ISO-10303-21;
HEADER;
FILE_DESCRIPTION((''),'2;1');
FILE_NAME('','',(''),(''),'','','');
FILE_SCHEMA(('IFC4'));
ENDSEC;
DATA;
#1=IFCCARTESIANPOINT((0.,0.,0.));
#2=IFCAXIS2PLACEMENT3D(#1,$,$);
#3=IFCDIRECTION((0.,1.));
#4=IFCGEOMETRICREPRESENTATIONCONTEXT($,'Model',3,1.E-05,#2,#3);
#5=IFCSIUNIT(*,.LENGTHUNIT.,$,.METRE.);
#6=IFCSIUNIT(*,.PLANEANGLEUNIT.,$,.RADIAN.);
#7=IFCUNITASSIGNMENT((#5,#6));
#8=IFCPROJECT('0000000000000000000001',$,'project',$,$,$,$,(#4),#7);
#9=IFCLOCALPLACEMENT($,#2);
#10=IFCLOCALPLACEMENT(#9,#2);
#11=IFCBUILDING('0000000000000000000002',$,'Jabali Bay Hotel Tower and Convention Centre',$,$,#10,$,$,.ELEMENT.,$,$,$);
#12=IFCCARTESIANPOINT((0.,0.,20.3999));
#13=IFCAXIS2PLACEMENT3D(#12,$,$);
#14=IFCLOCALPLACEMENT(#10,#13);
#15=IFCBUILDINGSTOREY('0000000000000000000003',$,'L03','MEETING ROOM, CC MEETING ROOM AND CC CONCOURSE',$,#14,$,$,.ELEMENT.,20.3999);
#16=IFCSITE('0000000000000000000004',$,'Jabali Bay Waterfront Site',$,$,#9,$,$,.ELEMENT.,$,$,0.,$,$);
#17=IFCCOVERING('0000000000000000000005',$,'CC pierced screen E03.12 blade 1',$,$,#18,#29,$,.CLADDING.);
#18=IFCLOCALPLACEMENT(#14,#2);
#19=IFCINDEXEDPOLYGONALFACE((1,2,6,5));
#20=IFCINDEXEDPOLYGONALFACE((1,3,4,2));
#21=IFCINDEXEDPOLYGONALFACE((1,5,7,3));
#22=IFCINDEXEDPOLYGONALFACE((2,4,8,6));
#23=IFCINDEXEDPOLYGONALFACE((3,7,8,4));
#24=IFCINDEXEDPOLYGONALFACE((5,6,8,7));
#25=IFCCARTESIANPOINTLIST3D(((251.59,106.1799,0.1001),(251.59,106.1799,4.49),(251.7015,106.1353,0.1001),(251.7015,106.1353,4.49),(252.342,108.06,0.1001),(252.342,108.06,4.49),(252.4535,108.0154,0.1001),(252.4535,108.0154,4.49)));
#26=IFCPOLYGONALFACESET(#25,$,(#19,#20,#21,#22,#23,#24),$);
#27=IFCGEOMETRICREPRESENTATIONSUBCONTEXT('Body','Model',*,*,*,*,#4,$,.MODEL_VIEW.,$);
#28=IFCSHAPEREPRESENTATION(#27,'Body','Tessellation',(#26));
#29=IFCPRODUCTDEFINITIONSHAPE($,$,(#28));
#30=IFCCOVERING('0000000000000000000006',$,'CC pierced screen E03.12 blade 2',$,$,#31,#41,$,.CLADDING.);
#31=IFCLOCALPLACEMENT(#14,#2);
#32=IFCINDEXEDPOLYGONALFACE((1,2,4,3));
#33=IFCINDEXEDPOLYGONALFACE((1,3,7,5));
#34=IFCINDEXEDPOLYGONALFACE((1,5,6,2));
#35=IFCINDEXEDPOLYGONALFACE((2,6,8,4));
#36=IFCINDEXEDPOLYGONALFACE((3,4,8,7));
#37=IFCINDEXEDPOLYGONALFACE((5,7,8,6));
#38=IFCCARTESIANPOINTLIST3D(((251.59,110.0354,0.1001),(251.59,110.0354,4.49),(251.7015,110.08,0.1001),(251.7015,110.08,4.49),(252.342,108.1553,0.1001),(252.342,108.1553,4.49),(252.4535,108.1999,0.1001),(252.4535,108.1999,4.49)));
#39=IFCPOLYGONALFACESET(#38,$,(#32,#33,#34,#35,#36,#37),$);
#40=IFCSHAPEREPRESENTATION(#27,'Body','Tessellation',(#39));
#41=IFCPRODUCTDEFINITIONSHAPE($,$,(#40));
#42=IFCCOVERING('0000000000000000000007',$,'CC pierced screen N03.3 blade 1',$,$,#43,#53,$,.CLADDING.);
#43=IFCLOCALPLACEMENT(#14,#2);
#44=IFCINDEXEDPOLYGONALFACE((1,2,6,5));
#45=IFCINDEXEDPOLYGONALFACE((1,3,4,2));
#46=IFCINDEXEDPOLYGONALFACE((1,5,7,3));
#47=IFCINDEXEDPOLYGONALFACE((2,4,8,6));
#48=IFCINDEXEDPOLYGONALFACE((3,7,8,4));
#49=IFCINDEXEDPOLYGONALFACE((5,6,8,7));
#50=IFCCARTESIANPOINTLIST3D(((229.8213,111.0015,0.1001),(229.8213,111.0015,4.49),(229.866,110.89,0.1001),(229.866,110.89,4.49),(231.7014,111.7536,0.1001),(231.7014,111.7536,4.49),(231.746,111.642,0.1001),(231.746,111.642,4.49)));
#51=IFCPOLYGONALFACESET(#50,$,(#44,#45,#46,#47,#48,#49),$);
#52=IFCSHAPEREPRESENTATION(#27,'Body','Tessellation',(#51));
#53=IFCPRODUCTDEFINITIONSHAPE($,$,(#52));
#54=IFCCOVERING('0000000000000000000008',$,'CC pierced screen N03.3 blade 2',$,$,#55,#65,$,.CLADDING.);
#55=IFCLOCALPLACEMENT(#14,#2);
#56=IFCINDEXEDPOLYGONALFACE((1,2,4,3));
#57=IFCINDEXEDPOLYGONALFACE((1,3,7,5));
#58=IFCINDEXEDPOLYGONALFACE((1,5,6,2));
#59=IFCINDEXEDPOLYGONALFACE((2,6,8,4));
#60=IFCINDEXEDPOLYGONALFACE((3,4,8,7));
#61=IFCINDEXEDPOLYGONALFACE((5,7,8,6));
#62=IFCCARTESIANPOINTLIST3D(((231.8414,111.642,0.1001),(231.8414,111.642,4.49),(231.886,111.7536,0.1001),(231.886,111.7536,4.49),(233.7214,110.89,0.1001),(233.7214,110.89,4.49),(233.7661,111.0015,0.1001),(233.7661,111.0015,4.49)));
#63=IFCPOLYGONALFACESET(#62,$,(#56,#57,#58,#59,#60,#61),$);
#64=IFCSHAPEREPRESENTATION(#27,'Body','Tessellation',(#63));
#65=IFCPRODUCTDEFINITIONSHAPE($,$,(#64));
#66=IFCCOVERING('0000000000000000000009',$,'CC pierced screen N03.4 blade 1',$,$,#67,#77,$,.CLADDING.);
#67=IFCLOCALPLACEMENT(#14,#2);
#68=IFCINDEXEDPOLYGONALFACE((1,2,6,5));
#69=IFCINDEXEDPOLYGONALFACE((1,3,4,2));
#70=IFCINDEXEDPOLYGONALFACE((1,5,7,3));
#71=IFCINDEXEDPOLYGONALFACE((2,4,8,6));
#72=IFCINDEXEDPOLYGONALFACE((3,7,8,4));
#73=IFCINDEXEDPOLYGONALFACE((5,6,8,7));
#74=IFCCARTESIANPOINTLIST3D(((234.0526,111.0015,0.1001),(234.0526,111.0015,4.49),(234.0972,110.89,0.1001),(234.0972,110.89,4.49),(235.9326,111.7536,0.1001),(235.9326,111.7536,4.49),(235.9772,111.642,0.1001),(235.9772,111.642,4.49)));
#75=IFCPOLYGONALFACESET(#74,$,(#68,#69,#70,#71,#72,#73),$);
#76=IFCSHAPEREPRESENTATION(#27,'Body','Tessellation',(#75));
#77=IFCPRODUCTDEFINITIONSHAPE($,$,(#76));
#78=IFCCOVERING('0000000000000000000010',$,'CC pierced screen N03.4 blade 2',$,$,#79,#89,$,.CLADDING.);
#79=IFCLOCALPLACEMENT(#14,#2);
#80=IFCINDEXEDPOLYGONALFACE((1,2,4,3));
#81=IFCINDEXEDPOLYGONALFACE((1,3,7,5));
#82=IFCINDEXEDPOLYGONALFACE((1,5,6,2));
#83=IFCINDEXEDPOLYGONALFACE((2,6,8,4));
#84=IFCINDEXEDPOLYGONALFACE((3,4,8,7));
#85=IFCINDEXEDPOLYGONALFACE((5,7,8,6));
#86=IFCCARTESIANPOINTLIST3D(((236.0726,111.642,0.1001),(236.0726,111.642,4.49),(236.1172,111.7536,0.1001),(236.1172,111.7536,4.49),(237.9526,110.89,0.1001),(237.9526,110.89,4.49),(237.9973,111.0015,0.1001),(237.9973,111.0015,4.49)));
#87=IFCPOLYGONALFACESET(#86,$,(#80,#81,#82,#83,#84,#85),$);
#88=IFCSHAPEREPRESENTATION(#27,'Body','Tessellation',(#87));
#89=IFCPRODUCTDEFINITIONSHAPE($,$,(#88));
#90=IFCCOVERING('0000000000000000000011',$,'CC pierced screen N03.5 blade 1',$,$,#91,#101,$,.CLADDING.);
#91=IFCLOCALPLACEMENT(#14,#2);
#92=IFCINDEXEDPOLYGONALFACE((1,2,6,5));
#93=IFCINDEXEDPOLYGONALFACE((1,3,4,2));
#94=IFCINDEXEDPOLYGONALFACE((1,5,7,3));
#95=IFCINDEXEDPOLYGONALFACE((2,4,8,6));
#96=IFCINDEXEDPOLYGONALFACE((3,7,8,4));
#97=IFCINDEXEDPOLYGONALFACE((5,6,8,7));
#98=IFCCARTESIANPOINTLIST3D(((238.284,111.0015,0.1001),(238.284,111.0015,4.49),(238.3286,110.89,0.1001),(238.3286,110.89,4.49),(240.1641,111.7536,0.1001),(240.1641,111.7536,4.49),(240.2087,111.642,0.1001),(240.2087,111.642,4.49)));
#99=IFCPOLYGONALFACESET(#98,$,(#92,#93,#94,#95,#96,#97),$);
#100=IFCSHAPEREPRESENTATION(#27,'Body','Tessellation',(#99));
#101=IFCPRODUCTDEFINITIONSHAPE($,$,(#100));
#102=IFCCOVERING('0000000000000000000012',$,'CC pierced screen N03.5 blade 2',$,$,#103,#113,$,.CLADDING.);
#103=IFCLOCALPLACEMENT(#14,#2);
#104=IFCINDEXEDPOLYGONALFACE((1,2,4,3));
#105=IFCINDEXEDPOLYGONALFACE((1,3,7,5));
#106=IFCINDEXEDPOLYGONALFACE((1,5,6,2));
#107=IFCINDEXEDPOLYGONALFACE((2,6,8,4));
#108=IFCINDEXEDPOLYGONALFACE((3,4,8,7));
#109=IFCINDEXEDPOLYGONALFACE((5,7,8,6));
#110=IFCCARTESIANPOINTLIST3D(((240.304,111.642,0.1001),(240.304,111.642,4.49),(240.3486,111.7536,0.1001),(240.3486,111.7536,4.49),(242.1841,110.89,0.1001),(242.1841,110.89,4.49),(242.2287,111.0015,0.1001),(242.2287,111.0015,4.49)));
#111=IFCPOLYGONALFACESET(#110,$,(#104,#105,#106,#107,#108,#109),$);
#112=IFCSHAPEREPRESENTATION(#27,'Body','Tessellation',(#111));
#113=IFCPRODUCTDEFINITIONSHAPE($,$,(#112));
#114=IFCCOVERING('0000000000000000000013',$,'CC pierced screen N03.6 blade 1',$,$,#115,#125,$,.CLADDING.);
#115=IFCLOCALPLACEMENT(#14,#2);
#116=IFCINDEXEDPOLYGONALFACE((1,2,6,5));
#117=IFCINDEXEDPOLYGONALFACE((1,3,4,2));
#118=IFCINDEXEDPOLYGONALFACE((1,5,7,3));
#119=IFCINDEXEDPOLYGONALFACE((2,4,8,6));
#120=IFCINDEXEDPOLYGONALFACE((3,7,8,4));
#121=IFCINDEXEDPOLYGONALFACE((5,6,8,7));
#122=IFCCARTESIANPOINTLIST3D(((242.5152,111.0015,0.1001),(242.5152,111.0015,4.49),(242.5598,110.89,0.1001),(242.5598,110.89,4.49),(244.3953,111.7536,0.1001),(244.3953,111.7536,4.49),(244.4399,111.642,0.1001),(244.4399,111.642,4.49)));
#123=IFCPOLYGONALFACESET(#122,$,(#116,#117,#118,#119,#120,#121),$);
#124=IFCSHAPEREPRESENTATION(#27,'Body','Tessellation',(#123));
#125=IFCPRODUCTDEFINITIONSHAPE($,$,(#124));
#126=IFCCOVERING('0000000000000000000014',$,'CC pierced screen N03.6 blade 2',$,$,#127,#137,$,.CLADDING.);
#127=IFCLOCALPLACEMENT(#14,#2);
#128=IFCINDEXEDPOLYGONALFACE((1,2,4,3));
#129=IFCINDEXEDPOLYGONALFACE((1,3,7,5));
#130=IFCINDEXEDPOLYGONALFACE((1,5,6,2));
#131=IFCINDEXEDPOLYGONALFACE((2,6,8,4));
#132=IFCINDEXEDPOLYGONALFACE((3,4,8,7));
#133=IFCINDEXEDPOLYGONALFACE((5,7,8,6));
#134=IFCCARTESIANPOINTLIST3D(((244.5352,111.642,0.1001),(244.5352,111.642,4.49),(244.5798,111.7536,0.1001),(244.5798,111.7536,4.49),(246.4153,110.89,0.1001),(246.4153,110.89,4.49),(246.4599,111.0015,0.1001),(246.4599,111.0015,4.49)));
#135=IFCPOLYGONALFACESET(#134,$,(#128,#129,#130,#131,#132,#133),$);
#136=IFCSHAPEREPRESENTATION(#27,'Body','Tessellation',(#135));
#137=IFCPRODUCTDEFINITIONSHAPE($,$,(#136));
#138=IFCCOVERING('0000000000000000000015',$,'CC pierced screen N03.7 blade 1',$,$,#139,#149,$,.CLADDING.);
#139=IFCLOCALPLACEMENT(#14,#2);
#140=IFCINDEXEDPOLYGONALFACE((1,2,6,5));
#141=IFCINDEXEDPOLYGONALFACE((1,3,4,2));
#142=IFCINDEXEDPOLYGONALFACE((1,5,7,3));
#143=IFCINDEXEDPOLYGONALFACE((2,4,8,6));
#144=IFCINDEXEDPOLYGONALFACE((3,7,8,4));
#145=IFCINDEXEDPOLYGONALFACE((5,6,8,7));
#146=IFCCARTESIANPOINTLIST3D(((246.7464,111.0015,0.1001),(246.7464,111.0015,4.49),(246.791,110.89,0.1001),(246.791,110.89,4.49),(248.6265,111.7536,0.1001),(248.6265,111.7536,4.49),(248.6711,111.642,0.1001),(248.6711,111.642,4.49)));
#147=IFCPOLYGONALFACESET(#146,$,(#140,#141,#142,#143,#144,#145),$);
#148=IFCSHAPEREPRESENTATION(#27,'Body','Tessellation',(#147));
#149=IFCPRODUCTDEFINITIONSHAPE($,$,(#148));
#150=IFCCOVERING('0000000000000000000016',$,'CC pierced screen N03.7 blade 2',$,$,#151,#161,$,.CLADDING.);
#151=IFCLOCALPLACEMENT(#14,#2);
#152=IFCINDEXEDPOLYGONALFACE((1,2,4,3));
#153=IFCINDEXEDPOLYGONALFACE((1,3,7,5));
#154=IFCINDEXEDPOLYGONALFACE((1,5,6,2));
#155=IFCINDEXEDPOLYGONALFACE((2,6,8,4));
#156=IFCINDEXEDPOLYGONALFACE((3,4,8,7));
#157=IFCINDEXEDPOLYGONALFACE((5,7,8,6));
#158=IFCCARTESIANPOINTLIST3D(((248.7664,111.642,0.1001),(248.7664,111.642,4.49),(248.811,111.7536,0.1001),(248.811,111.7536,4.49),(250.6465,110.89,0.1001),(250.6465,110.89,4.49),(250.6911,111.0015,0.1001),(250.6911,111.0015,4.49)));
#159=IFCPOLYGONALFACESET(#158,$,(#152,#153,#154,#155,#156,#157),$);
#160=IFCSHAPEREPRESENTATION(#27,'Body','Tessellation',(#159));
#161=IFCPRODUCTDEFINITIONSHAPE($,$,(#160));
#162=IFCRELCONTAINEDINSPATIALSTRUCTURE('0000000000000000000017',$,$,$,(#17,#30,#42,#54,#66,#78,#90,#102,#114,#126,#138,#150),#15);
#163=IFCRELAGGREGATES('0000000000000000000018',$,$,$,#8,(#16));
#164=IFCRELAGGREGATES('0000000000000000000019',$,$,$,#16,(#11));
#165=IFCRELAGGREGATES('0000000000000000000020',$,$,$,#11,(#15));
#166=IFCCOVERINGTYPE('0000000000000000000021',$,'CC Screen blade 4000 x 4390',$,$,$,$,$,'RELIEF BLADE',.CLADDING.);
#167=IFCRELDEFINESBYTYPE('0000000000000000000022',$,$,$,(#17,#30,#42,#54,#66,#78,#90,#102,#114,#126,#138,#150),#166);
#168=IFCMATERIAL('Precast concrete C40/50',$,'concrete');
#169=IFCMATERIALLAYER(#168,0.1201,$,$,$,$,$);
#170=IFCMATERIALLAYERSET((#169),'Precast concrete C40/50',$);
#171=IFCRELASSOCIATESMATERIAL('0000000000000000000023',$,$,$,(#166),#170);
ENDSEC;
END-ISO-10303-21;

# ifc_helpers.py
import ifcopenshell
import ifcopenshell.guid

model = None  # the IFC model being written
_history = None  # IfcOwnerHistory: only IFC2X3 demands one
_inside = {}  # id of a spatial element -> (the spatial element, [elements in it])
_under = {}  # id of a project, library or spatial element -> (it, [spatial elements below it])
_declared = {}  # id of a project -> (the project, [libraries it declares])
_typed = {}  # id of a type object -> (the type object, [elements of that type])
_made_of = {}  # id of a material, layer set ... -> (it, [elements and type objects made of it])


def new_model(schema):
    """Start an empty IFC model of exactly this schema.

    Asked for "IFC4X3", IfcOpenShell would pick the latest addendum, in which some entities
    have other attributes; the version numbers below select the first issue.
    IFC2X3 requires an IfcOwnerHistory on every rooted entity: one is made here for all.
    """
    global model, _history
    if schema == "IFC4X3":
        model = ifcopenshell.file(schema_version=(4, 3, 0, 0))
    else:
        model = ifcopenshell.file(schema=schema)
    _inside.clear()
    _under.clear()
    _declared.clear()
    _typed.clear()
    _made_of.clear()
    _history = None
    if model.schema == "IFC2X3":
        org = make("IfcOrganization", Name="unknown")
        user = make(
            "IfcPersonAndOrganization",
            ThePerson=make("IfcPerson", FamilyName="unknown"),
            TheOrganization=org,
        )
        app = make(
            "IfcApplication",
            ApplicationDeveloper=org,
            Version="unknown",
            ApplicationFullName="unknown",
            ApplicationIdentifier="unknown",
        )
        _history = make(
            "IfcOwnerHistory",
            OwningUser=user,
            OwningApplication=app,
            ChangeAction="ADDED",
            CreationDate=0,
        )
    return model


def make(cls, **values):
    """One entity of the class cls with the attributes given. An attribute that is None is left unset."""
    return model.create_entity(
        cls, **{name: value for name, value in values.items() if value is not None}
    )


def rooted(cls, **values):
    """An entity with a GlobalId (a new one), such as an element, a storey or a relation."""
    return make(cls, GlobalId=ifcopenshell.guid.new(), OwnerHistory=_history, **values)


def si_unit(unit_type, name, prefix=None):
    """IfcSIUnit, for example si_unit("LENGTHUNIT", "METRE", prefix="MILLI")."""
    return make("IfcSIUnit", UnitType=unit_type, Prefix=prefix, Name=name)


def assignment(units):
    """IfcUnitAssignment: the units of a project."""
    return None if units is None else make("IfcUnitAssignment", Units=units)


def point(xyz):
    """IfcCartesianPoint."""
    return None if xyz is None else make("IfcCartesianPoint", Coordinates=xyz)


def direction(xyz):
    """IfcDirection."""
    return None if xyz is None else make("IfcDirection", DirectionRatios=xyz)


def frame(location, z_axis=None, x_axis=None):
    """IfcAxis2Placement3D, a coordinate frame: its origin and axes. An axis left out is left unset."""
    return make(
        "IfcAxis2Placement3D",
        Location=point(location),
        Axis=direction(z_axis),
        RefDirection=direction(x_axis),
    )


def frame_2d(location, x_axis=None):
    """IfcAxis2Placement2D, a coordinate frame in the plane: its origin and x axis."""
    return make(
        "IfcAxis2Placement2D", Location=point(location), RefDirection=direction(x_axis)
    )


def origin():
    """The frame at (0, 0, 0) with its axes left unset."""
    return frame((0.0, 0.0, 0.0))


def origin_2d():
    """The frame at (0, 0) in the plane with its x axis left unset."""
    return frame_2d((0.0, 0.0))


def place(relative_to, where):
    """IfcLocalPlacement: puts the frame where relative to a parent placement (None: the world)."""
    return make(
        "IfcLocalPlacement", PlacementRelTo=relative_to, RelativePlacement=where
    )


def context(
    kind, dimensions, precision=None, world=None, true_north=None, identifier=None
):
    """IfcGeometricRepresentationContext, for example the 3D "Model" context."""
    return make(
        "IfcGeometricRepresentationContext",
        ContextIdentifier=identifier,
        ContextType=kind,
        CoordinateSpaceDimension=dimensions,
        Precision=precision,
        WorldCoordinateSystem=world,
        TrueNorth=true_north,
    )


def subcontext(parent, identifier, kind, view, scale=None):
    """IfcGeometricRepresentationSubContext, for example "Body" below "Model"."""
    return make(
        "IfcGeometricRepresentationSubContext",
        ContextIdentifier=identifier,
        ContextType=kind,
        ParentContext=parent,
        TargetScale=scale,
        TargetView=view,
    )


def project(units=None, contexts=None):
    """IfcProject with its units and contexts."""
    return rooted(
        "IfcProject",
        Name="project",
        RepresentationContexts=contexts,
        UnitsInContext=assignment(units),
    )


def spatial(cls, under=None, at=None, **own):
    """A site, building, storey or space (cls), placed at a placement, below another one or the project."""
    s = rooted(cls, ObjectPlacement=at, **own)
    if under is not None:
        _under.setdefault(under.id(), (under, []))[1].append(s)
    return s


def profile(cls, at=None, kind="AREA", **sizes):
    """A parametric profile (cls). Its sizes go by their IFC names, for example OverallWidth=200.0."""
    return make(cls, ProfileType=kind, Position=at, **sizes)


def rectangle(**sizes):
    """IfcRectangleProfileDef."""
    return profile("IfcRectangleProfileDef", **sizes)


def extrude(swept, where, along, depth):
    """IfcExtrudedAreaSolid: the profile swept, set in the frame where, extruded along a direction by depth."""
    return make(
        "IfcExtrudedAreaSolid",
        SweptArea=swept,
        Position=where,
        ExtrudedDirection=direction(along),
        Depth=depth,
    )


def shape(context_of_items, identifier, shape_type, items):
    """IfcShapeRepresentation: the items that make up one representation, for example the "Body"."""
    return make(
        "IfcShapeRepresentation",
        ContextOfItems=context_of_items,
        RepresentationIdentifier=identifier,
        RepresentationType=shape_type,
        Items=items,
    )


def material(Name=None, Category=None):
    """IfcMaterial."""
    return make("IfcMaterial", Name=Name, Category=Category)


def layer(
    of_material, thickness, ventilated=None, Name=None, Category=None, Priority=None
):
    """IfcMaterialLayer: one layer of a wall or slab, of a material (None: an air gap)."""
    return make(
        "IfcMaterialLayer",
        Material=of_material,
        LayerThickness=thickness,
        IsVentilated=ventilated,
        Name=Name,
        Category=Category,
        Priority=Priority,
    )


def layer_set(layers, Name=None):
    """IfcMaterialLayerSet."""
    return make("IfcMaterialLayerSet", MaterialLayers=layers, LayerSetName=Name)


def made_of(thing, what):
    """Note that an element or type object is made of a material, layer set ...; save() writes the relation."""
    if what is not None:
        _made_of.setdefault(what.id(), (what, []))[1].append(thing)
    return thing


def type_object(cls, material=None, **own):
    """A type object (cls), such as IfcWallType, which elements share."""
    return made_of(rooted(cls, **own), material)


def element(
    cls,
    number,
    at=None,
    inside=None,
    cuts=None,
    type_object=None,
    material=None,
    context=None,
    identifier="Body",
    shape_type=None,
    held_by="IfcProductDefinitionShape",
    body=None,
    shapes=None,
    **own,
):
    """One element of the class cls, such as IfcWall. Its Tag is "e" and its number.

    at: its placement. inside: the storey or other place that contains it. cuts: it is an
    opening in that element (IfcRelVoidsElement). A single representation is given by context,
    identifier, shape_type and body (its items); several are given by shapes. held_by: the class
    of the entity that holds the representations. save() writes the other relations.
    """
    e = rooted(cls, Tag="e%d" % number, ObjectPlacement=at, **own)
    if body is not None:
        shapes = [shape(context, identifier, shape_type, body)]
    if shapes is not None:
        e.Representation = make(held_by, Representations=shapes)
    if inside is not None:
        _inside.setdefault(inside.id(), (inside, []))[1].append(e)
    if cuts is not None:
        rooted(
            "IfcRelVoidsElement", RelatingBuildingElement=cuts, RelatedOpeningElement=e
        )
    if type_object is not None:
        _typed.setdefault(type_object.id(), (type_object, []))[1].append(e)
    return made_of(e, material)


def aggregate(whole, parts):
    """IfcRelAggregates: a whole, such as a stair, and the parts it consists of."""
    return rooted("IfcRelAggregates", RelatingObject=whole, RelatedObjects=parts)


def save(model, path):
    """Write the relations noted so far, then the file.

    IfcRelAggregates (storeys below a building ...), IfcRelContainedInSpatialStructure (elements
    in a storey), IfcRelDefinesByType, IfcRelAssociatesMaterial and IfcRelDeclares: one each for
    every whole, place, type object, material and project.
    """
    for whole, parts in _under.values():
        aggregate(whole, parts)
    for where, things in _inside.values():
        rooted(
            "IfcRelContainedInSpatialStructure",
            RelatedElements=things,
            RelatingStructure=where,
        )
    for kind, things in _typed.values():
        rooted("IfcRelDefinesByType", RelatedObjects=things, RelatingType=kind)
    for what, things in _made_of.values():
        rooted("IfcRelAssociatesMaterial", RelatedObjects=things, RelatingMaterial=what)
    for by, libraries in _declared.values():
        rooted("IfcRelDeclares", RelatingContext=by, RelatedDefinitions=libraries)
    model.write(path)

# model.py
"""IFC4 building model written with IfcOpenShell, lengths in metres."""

from ifc_helpers import new_model, si_unit, direction, frame, origin, origin_2d, place, context, subcontext, project, spatial, rectangle, extrude, material, layer, layer_set, type_object, element, save


model = new_model("IFC4")

# Units and contexts
model_context = context("Model", 3, precision=1e-05, world=origin(), true_north=direction((0.0, 1.0)))
body_context = subcontext(model_context, "Body", "Model", "MODEL_VIEW")
ifc_project = project(units=[si_unit("LENGTHUNIT", "METRE"), si_unit("PLANEANGLEUNIT", "RADIAN")], contexts=[model_context])

# Site, building, storey
site_placement = place(None, origin())
site = spatial("IfcSite", under=ifc_project, at=site_placement, Name="Jabali Bay Waterfront Site", CompositionType="ELEMENT", RefElevation=0.0)
building_placement = place(site_placement, origin())
building = spatial("IfcBuilding", under=site, at=building_placement, Name="Jabali Bay Hotel Tower and Convention Centre", CompositionType="ELEMENT")
storey_placement = place(building_placement, frame((0.0, 0.0, 20.3999)))
storey = spatial("IfcBuildingStorey", under=building, at=storey_placement, Name="L03", Description="MEETING ROOM, CC MEETING ROOM AND CC CONCOURSE", CompositionType="ELEMENT", Elevation=20.3999)

# Shared definitions
ifc_material_1 = material(Name="Precast concrete C40/50", Category="concrete")

# Coverings
ifc_layer_1 = layer(ifc_material_1, 0.1201)
ifc_layer_set_1 = layer_set([ifc_layer_1], Name="Precast concrete C40/50")
covering_type = type_object("IfcCoveringType", Name="CC Screen blade 4000 x 4390", ElementType="RELIEF BLADE", PredefinedType="CLADDING", material=ifc_layer_set_1)
for number, where, z_axis, x_axis, name in (
    (1, (252.0217, 107.0977, 0.1001), (0.0, 0.0, 1.0), (0.371391, 0.928477, 0.0), "CC pierced screen E03.12 blade 1"),
    (2, (252.0217, 109.1177, 0.1001), (0.0, 0.0, 1.0), (0.371391, -0.928477, 0.0), "CC pierced screen E03.12 blade 2"),
    (3, (230.7837, 111.3218, 0.1001), (0.0, 0.0, 1.0), (0.928477, 0.371391, 0.0), "CC pierced screen N03.3 blade 1"),
    (4, (232.8037, 111.3218, 0.1001), (0.0, 0.0, 1.0), (-0.928477, 0.371391, 0.0), "CC pierced screen N03.3 blade 2"),
    (5, (235.0149, 111.3218, 0.1001), (0.0, 0.0, 1.0), (0.928477, 0.371391, 0.0), "CC pierced screen N03.4 blade 1"),
    (6, (237.0349, 111.3218, 0.1001), (0.0, 0.0, 1.0), (-0.928477, 0.371391, 0.0), "CC pierced screen N03.4 blade 2"),
    (7, (239.2463, 111.3218, 0.1001), (0.0, 0.0, 1.0), (0.928477, 0.371391, 0.0), "CC pierced screen N03.5 blade 1"),
    (8, (241.2664, 111.3218, 0.1001), (0.0, 0.0, 1.0), (-0.928477, 0.371391, 0.0), "CC pierced screen N03.5 blade 2"),
    (9, (243.4775, 111.3218, 0.1001), (0.0, 0.0, 1.0), (0.928477, 0.371391, 0.0), "CC pierced screen N03.6 blade 1"),
    (10, (245.4976, 111.3218, 0.1001), (0.0, 0.0, 1.0), (-0.928477, 0.371391, 0.0), "CC pierced screen N03.6 blade 2"),
    (11, (247.7087, 111.3218, 0.1001), (0.0, 0.0, 1.0), (0.928477, 0.371391, 0.0), "CC pierced screen N03.7 blade 1"),
    (12, (249.7288, 111.3218, 0.1001), (0.0, 0.0, 1.0), (-0.928477, 0.371391, 0.0), "CC pierced screen N03.7 blade 2"),
):
    element("IfcCovering", number, at=place(storey_placement, frame(where, z_axis=z_axis, x_axis=x_axis)), inside=storey, type_object=covering_type, Name=name, PredefinedType="CLADDING", context=body_context, shape_type="SweptSolid", body=[
        extrude(rectangle(XDim=2.0249, YDim=0.1201, at=origin_2d()), origin(), (0.0, 0.0, 1.0), 4.3899),
    ])

save(model, "model.ifc")
